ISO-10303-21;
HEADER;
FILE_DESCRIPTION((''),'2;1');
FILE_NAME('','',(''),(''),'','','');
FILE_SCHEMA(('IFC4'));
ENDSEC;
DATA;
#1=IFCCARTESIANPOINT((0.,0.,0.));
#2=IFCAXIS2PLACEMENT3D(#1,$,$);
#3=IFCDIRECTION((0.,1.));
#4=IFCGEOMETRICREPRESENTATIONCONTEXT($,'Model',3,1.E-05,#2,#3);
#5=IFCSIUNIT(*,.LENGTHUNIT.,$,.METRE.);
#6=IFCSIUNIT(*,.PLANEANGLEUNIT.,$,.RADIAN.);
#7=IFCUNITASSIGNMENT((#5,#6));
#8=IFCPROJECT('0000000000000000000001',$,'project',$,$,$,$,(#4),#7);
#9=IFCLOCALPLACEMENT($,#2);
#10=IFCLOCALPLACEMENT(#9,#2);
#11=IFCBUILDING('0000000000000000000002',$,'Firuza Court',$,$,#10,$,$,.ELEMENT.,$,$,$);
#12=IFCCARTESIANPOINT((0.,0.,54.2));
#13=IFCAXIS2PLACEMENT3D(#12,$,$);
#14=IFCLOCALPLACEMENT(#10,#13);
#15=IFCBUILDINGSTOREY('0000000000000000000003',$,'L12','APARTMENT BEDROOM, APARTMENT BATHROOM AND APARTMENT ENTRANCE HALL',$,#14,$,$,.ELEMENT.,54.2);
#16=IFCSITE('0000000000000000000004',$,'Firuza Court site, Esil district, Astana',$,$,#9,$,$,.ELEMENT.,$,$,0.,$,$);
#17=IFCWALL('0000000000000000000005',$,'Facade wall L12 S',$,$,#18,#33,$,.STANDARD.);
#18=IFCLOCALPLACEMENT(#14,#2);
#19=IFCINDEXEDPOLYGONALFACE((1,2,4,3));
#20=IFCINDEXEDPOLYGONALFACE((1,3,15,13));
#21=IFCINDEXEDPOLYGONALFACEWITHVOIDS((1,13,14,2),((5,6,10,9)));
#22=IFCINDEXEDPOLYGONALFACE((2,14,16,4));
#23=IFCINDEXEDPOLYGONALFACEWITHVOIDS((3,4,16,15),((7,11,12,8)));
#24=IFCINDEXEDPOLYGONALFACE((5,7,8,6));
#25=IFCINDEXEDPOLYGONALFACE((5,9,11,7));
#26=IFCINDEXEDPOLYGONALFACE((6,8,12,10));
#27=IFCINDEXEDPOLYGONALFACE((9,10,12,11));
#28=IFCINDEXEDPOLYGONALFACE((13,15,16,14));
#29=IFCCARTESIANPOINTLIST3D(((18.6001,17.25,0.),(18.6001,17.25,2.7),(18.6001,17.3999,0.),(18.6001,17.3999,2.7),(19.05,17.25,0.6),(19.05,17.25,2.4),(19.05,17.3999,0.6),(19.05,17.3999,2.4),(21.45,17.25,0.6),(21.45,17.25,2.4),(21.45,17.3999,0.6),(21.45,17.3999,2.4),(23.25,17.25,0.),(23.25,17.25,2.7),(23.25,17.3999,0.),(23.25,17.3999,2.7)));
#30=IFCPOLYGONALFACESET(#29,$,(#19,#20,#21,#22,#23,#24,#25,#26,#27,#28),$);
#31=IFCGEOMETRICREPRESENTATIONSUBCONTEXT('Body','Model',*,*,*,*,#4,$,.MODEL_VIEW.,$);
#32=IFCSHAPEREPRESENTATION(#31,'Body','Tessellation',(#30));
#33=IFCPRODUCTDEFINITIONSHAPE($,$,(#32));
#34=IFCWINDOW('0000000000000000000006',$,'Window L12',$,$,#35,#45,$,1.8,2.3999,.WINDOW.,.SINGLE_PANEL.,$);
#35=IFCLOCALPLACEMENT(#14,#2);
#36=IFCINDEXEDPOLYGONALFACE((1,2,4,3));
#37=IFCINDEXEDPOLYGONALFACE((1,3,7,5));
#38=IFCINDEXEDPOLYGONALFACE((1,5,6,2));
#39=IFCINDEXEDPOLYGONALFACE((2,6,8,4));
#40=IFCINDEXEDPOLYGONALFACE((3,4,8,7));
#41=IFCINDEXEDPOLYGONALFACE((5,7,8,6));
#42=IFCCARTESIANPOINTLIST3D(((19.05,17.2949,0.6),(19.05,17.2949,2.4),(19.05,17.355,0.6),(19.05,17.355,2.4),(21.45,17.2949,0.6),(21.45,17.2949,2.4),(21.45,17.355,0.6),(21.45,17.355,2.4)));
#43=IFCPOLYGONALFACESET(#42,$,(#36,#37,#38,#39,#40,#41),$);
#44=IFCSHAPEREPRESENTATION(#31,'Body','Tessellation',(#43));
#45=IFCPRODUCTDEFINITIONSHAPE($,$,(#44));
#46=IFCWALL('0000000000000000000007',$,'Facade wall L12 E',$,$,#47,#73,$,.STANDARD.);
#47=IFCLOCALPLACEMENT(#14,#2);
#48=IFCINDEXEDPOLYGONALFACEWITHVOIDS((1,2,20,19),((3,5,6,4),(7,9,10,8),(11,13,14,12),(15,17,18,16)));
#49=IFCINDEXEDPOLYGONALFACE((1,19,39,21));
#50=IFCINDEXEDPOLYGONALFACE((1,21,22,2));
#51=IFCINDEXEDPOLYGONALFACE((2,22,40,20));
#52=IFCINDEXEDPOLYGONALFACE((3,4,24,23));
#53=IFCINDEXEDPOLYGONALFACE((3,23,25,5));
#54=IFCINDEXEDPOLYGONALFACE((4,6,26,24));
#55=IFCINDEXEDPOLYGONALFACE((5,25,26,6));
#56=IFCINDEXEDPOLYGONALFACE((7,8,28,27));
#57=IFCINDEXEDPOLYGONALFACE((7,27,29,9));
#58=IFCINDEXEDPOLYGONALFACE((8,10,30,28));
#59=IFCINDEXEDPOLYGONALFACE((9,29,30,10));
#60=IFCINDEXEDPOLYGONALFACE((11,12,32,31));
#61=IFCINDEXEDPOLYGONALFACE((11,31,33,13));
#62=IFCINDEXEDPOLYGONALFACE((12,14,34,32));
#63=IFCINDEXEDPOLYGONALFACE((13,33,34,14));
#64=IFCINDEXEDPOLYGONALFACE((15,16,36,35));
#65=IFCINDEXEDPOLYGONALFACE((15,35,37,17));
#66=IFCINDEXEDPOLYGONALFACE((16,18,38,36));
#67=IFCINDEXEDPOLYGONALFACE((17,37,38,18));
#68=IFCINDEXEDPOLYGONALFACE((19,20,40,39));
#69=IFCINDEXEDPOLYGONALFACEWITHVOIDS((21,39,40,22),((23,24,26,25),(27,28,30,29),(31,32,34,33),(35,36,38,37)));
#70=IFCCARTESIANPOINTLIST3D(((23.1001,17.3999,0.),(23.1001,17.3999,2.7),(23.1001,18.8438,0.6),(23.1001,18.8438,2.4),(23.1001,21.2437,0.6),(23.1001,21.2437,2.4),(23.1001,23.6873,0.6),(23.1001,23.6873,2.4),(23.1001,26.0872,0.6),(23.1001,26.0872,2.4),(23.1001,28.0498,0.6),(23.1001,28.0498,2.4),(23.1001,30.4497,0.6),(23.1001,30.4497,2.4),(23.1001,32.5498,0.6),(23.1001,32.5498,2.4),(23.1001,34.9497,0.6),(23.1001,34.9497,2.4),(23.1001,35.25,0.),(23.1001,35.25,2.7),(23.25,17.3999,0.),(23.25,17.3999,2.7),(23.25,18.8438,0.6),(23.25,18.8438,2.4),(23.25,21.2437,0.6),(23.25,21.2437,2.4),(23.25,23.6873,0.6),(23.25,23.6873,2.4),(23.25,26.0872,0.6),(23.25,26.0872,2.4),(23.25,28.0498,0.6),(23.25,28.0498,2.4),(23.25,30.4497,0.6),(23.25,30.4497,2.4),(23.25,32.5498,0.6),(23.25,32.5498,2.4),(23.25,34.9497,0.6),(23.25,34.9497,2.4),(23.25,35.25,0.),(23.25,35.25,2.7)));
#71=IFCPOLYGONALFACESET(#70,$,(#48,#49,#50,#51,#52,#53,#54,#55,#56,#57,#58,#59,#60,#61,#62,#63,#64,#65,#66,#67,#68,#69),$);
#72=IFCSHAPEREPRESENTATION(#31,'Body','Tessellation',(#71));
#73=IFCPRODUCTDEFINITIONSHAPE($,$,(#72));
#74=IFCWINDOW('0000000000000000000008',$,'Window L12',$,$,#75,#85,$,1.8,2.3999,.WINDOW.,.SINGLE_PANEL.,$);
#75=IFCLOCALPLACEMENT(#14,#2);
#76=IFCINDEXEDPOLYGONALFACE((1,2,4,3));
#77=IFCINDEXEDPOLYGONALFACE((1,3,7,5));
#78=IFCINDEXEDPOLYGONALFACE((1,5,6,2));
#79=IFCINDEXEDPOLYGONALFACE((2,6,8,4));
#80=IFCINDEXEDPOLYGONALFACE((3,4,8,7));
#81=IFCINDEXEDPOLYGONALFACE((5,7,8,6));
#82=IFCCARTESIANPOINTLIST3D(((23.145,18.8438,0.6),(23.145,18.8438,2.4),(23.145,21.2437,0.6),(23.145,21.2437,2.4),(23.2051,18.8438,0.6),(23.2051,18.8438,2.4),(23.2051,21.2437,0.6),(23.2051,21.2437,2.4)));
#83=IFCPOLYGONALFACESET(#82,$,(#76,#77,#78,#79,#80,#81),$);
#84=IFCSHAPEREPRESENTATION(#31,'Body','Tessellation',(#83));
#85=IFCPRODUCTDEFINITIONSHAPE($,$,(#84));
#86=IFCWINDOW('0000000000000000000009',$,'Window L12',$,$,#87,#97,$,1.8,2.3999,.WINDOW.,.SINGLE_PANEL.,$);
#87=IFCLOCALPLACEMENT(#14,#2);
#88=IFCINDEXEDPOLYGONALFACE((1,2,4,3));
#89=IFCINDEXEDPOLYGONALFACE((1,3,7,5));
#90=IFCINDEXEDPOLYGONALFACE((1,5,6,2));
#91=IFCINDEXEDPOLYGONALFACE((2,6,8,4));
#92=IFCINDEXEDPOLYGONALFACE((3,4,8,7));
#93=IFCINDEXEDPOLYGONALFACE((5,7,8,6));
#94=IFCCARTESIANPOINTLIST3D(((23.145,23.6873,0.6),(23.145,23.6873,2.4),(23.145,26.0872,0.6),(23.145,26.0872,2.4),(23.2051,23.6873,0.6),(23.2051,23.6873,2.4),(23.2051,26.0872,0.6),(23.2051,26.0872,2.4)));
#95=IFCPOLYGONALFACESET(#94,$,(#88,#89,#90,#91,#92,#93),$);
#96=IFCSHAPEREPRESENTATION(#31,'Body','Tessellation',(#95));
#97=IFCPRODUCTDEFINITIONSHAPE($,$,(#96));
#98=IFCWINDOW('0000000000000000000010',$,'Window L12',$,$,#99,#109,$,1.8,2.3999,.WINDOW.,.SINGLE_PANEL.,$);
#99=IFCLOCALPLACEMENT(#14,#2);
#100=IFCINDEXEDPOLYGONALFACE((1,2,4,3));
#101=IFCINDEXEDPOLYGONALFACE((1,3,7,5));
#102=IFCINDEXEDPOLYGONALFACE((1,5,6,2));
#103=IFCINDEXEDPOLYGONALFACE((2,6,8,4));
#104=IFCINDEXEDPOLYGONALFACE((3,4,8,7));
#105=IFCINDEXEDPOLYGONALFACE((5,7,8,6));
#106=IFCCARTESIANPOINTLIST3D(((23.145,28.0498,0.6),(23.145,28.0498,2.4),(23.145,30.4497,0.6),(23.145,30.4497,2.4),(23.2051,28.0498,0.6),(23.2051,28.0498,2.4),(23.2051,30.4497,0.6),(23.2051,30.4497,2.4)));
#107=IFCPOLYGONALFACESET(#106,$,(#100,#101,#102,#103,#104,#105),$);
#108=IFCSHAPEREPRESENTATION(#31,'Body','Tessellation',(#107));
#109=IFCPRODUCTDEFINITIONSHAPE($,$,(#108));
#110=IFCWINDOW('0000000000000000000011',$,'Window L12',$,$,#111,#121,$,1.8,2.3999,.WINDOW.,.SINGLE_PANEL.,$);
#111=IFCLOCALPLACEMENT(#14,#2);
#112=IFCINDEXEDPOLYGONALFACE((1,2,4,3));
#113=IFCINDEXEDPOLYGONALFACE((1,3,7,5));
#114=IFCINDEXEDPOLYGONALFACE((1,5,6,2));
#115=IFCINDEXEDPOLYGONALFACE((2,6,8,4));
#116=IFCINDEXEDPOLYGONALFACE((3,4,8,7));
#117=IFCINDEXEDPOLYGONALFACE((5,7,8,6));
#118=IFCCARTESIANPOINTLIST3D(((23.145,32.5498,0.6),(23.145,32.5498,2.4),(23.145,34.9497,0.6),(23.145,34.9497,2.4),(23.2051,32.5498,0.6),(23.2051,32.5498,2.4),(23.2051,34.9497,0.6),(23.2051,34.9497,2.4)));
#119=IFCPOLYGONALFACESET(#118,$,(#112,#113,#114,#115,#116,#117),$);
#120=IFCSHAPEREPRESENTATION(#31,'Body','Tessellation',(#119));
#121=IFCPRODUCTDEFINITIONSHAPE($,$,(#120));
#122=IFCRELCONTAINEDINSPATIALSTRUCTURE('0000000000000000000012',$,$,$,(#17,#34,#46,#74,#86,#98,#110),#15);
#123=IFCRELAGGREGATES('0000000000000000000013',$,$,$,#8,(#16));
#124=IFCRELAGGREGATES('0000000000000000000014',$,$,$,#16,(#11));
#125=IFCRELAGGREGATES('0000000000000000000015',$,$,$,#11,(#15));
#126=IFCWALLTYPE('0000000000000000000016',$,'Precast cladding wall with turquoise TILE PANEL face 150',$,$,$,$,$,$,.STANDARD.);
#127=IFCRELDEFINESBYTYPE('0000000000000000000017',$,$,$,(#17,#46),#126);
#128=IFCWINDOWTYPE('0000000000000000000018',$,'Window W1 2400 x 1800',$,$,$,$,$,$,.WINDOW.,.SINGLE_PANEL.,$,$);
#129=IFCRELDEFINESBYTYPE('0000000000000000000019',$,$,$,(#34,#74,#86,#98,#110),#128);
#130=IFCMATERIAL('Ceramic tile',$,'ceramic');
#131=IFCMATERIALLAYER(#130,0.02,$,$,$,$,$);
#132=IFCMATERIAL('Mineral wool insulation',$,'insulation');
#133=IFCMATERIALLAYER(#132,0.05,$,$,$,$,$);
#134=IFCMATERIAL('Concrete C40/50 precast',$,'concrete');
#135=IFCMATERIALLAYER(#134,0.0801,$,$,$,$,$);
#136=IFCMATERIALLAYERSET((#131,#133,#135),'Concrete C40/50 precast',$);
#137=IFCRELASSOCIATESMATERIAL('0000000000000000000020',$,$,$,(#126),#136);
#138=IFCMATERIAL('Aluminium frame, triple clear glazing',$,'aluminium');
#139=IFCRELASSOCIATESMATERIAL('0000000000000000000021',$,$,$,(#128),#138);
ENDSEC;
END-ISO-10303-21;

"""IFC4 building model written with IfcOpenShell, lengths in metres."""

from ifc_helpers import new_model, si_unit, direction, frame, frame_2d, origin, place, context, subcontext, project, spatial, rectangle, extrude, material, layer, layer_set, type_object, element, fill, save


model = new_model("IFC4")

# Units and contexts
model_context = context("Model", 3, precision=1e-05, world=origin(), true_north=direction((0.0, 1.0)))
body_context = subcontext(model_context, "Body", "Model", "MODEL_VIEW")
ifc_project = project(units=[si_unit("LENGTHUNIT", "METRE"), si_unit("PLANEANGLEUNIT", "RADIAN")], contexts=[model_context])

# Site, building, storey
site_placement = place(None, origin())
site = spatial("IfcSite", under=ifc_project, at=site_placement, Name="Firuza Court site, Esil district, Astana", CompositionType="ELEMENT", RefElevation=0.0)
building_placement = place(site_placement, origin())
building = spatial("IfcBuilding", under=site, at=building_placement, Name="Firuza Court", CompositionType="ELEMENT")
storey_placement = place(building_placement, frame((0.0, 0.0, 54.2)))
storey = spatial("IfcBuildingStorey", under=building, at=storey_placement, Name="L12", Description="APARTMENT BEDROOM, APARTMENT BATHROOM AND APARTMENT ENTRANCE HALL", CompositionType="ELEMENT", Elevation=54.2)

# Shared definitions
ifc_material_1 = material(Name="Ceramic tile", Category="ceramic")
ifc_layer_1 = layer(ifc_material_1, 0.02)
ifc_material_2 = material(Name="Mineral wool insulation", Category="insulation")
ifc_layer_2 = layer(ifc_material_2, 0.05)
ifc_material_3 = material(Name="Concrete C40/50 precast", Category="concrete")
ifc_layer_3 = layer(ifc_material_3, 0.0801)
ifc_layer_set_1 = layer_set([ifc_layer_1, ifc_layer_2, ifc_layer_3], Name="Concrete C40/50 precast")
wall_type_1 = type_object("IfcWallType", Name="Precast cladding wall with turquoise TILE PANEL face 150", PredefinedType="STANDARD", material=ifc_layer_set_1)
ifc_material_4 = material(Name="Aluminium frame, triple clear glazing", Category="aluminium")
window_type_1 = type_object("IfcWindowType", Name="Window W1 2400 x 1800", PartitioningType="SINGLE_PANEL", PredefinedType="WINDOW", material=ifc_material_4)

# Wall, opening, window
wall_1_placement = place(storey_placement, frame((18.6001, 17.325, 0.0), z_axis=(0.0, 0.0, 1.0), x_axis=(1.0, 0.0, 0.0)))
wall_1 = element("IfcWall", 1, at=wall_1_placement, inside=storey, type_object=wall_type_1, Name="Facade wall L12 S", PredefinedType="STANDARD", context=body_context, shape_type="SweptSolid", body=[
    extrude(rectangle(XDim=4.6499, YDim=0.1499, at=frame_2d((2.325, 0.0))), origin(), (0.0, 0.0, 1.0), 2.7),
])
opening_1_placement = place(wall_1_placement, frame((0.45, 0.0, 0.6001)))
opening_1 = element("IfcOpeningElement", 2, at=opening_1_placement, cuts=wall_1, PredefinedType="OPENING", context=body_context, shape_type="SweptSolid", body=[
    extrude(rectangle(XDim=2.3999, YDim=1.8, at=frame_2d((1.2, 0.8999))), frame((0.0, 0.0869, 0.0), z_axis=(0.0, -1.0, 0.0), x_axis=(1.0, 0.0, 0.0)), (0.0, 0.0, 1.0), 0.1738),
])
window_1_placement = place(opening_1_placement, origin())
window_1 = element("IfcWindow", 3, at=window_1_placement, inside=storey, type_object=window_type_1, Name="Window L12", OverallHeight=1.8, OverallWidth=2.3999, PartitioningType="SINGLE_PANEL", PredefinedType="WINDOW", context=body_context, shape_type="SweptSolid", body=[
    extrude(rectangle(XDim=2.3999, YDim=1.8, at=frame_2d((1.2, 0.8999))), frame((0.0, 0.03, 0.0), z_axis=(0.0, -1.0, 0.0), x_axis=(1.0, 0.0, 0.0)), (0.0, 0.0, 1.0), 0.0601),
])
fill(opening_1, window_1)

# Wall, openings, windows
wall_2_placement = place(storey_placement, frame((23.175, 17.3999, 0.0), z_axis=(0.0, 0.0, 1.0), x_axis=(0.0, 1.0, 0.0)))
wall_2 = element("IfcWall", 4, at=wall_2_placement, inside=storey, type_object=wall_type_1, Name="Facade wall L12 E", PredefinedType="STANDARD", context=body_context, shape_type="SweptSolid", body=[
    extrude(rectangle(XDim=17.8501, YDim=0.1499, at=frame_2d((8.925, 0.0))), origin(), (0.0, 0.0, 1.0), 2.7),
])
opening_2_placement = place(wall_2_placement, frame((1.4438, 0.0, 0.6001)))
opening_2 = element("IfcOpeningElement", 5, at=opening_2_placement, cuts=wall_2, PredefinedType="OPENING", context=body_context, shape_type="SweptSolid", body=[
    extrude(rectangle(XDim=2.3999, YDim=1.8, at=frame_2d((1.2, 0.8999))), frame((0.0, 0.0869, 0.0), z_axis=(0.0, -1.0, 0.0), x_axis=(1.0, 0.0, 0.0)), (0.0, 0.0, 1.0), 0.1738),
])
opening_3_placement = place(wall_2_placement, frame((6.2874, 0.0, 0.6001)))
opening_3 = element("IfcOpeningElement", 6, at=opening_3_placement, cuts=wall_2, PredefinedType="OPENING", context=body_context, shape_type="SweptSolid", body=[
    extrude(rectangle(XDim=2.3999, YDim=1.8, at=frame_2d((1.2, 0.8999))), frame((0.0, 0.0869, 0.0), z_axis=(0.0, -1.0, 0.0), x_axis=(1.0, 0.0, 0.0)), (0.0, 0.0, 1.0), 0.1738),
])
opening_4_placement = place(wall_2_placement, frame((10.6499, 0.0, 0.6001)))
opening_4 = element("IfcOpeningElement", 7, at=opening_4_placement, cuts=wall_2, PredefinedType="OPENING", context=body_context, shape_type="SweptSolid", body=[
    extrude(rectangle(XDim=2.3999, YDim=1.8, at=frame_2d((1.2, 0.8999))), frame((0.0, 0.0869, 0.0), z_axis=(0.0, -1.0, 0.0), x_axis=(1.0, 0.0, 0.0)), (0.0, 0.0, 1.0), 0.1738),
])
opening_5_placement = place(wall_2_placement, frame((15.1499, 0.0, 0.6001)))
opening_5 = element("IfcOpeningElement", 8, at=opening_5_placement, cuts=wall_2, PredefinedType="OPENING", context=body_context, shape_type="SweptSolid", body=[
    extrude(rectangle(XDim=2.3999, YDim=1.8, at=frame_2d((1.2, 0.8999))), frame((0.0, 0.0869, 0.0), z_axis=(0.0, -1.0, 0.0), x_axis=(1.0, 0.0, 0.0)), (0.0, 0.0, 1.0), 0.1738),
])
window_2_placement = place(opening_2_placement, origin())
window_2 = element("IfcWindow", 9, at=window_2_placement, inside=storey, type_object=window_type_1, Name="Window L12", OverallHeight=1.8, OverallWidth=2.3999, PartitioningType="SINGLE_PANEL", PredefinedType="WINDOW", context=body_context, shape_type="SweptSolid", body=[
    extrude(rectangle(XDim=2.3999, YDim=1.8, at=frame_2d((1.2, 0.8999))), frame((0.0, 0.03, 0.0), z_axis=(0.0, -1.0, 0.0), x_axis=(1.0, 0.0, 0.0)), (0.0, 0.0, 1.0), 0.0601),
])
fill(opening_2, window_2)
window_3_placement = place(opening_3_placement, origin())
window_3 = element("IfcWindow", 10, at=window_3_placement, inside=storey, type_object=window_type_1, Name="Window L12", OverallHeight=1.8, OverallWidth=2.3999, PartitioningType="SINGLE_PANEL", PredefinedType="WINDOW", context=body_context, shape_type="SweptSolid", body=[
    extrude(rectangle(XDim=2.3999, YDim=1.8, at=frame_2d((1.2, 0.8999))), frame((0.0, 0.03, 0.0), z_axis=(0.0, -1.0, 0.0), x_axis=(1.0, 0.0, 0.0)), (0.0, 0.0, 1.0), 0.0601),
])
fill(opening_3, window_3)
window_4_placement = place(opening_4_placement, origin())
window_4 = element("IfcWindow", 11, at=window_4_placement, inside=storey, type_object=window_type_1, Name="Window L12", OverallHeight=1.8, OverallWidth=2.3999, PartitioningType="SINGLE_PANEL", PredefinedType="WINDOW", context=body_context, shape_type="SweptSolid", body=[
    extrude(rectangle(XDim=2.3999, YDim=1.8, at=frame_2d((1.2, 0.8999))), frame((0.0, 0.03, 0.0), z_axis=(0.0, -1.0, 0.0), x_axis=(1.0, 0.0, 0.0)), (0.0, 0.0, 1.0), 0.0601),
])
fill(opening_4, window_4)
window_5_placement = place(opening_5_placement, origin())
window_5 = element("IfcWindow", 12, at=window_5_placement, inside=storey, type_object=window_type_1, Name="Window L12", OverallHeight=1.8, OverallWidth=2.3999, PartitioningType="SINGLE_PANEL", PredefinedType="WINDOW", context=body_context, shape_type="SweptSolid", body=[
    extrude(rectangle(XDim=2.3999, YDim=1.8, at=frame_2d((1.2, 0.8999))), frame((0.0, 0.03, 0.0), z_axis=(0.0, -1.0, 0.0), x_axis=(1.0, 0.0, 0.0)), (0.0, 0.0, 1.0), 0.0601),
])
fill(opening_5, window_5)

save(model, "model.ifc")
